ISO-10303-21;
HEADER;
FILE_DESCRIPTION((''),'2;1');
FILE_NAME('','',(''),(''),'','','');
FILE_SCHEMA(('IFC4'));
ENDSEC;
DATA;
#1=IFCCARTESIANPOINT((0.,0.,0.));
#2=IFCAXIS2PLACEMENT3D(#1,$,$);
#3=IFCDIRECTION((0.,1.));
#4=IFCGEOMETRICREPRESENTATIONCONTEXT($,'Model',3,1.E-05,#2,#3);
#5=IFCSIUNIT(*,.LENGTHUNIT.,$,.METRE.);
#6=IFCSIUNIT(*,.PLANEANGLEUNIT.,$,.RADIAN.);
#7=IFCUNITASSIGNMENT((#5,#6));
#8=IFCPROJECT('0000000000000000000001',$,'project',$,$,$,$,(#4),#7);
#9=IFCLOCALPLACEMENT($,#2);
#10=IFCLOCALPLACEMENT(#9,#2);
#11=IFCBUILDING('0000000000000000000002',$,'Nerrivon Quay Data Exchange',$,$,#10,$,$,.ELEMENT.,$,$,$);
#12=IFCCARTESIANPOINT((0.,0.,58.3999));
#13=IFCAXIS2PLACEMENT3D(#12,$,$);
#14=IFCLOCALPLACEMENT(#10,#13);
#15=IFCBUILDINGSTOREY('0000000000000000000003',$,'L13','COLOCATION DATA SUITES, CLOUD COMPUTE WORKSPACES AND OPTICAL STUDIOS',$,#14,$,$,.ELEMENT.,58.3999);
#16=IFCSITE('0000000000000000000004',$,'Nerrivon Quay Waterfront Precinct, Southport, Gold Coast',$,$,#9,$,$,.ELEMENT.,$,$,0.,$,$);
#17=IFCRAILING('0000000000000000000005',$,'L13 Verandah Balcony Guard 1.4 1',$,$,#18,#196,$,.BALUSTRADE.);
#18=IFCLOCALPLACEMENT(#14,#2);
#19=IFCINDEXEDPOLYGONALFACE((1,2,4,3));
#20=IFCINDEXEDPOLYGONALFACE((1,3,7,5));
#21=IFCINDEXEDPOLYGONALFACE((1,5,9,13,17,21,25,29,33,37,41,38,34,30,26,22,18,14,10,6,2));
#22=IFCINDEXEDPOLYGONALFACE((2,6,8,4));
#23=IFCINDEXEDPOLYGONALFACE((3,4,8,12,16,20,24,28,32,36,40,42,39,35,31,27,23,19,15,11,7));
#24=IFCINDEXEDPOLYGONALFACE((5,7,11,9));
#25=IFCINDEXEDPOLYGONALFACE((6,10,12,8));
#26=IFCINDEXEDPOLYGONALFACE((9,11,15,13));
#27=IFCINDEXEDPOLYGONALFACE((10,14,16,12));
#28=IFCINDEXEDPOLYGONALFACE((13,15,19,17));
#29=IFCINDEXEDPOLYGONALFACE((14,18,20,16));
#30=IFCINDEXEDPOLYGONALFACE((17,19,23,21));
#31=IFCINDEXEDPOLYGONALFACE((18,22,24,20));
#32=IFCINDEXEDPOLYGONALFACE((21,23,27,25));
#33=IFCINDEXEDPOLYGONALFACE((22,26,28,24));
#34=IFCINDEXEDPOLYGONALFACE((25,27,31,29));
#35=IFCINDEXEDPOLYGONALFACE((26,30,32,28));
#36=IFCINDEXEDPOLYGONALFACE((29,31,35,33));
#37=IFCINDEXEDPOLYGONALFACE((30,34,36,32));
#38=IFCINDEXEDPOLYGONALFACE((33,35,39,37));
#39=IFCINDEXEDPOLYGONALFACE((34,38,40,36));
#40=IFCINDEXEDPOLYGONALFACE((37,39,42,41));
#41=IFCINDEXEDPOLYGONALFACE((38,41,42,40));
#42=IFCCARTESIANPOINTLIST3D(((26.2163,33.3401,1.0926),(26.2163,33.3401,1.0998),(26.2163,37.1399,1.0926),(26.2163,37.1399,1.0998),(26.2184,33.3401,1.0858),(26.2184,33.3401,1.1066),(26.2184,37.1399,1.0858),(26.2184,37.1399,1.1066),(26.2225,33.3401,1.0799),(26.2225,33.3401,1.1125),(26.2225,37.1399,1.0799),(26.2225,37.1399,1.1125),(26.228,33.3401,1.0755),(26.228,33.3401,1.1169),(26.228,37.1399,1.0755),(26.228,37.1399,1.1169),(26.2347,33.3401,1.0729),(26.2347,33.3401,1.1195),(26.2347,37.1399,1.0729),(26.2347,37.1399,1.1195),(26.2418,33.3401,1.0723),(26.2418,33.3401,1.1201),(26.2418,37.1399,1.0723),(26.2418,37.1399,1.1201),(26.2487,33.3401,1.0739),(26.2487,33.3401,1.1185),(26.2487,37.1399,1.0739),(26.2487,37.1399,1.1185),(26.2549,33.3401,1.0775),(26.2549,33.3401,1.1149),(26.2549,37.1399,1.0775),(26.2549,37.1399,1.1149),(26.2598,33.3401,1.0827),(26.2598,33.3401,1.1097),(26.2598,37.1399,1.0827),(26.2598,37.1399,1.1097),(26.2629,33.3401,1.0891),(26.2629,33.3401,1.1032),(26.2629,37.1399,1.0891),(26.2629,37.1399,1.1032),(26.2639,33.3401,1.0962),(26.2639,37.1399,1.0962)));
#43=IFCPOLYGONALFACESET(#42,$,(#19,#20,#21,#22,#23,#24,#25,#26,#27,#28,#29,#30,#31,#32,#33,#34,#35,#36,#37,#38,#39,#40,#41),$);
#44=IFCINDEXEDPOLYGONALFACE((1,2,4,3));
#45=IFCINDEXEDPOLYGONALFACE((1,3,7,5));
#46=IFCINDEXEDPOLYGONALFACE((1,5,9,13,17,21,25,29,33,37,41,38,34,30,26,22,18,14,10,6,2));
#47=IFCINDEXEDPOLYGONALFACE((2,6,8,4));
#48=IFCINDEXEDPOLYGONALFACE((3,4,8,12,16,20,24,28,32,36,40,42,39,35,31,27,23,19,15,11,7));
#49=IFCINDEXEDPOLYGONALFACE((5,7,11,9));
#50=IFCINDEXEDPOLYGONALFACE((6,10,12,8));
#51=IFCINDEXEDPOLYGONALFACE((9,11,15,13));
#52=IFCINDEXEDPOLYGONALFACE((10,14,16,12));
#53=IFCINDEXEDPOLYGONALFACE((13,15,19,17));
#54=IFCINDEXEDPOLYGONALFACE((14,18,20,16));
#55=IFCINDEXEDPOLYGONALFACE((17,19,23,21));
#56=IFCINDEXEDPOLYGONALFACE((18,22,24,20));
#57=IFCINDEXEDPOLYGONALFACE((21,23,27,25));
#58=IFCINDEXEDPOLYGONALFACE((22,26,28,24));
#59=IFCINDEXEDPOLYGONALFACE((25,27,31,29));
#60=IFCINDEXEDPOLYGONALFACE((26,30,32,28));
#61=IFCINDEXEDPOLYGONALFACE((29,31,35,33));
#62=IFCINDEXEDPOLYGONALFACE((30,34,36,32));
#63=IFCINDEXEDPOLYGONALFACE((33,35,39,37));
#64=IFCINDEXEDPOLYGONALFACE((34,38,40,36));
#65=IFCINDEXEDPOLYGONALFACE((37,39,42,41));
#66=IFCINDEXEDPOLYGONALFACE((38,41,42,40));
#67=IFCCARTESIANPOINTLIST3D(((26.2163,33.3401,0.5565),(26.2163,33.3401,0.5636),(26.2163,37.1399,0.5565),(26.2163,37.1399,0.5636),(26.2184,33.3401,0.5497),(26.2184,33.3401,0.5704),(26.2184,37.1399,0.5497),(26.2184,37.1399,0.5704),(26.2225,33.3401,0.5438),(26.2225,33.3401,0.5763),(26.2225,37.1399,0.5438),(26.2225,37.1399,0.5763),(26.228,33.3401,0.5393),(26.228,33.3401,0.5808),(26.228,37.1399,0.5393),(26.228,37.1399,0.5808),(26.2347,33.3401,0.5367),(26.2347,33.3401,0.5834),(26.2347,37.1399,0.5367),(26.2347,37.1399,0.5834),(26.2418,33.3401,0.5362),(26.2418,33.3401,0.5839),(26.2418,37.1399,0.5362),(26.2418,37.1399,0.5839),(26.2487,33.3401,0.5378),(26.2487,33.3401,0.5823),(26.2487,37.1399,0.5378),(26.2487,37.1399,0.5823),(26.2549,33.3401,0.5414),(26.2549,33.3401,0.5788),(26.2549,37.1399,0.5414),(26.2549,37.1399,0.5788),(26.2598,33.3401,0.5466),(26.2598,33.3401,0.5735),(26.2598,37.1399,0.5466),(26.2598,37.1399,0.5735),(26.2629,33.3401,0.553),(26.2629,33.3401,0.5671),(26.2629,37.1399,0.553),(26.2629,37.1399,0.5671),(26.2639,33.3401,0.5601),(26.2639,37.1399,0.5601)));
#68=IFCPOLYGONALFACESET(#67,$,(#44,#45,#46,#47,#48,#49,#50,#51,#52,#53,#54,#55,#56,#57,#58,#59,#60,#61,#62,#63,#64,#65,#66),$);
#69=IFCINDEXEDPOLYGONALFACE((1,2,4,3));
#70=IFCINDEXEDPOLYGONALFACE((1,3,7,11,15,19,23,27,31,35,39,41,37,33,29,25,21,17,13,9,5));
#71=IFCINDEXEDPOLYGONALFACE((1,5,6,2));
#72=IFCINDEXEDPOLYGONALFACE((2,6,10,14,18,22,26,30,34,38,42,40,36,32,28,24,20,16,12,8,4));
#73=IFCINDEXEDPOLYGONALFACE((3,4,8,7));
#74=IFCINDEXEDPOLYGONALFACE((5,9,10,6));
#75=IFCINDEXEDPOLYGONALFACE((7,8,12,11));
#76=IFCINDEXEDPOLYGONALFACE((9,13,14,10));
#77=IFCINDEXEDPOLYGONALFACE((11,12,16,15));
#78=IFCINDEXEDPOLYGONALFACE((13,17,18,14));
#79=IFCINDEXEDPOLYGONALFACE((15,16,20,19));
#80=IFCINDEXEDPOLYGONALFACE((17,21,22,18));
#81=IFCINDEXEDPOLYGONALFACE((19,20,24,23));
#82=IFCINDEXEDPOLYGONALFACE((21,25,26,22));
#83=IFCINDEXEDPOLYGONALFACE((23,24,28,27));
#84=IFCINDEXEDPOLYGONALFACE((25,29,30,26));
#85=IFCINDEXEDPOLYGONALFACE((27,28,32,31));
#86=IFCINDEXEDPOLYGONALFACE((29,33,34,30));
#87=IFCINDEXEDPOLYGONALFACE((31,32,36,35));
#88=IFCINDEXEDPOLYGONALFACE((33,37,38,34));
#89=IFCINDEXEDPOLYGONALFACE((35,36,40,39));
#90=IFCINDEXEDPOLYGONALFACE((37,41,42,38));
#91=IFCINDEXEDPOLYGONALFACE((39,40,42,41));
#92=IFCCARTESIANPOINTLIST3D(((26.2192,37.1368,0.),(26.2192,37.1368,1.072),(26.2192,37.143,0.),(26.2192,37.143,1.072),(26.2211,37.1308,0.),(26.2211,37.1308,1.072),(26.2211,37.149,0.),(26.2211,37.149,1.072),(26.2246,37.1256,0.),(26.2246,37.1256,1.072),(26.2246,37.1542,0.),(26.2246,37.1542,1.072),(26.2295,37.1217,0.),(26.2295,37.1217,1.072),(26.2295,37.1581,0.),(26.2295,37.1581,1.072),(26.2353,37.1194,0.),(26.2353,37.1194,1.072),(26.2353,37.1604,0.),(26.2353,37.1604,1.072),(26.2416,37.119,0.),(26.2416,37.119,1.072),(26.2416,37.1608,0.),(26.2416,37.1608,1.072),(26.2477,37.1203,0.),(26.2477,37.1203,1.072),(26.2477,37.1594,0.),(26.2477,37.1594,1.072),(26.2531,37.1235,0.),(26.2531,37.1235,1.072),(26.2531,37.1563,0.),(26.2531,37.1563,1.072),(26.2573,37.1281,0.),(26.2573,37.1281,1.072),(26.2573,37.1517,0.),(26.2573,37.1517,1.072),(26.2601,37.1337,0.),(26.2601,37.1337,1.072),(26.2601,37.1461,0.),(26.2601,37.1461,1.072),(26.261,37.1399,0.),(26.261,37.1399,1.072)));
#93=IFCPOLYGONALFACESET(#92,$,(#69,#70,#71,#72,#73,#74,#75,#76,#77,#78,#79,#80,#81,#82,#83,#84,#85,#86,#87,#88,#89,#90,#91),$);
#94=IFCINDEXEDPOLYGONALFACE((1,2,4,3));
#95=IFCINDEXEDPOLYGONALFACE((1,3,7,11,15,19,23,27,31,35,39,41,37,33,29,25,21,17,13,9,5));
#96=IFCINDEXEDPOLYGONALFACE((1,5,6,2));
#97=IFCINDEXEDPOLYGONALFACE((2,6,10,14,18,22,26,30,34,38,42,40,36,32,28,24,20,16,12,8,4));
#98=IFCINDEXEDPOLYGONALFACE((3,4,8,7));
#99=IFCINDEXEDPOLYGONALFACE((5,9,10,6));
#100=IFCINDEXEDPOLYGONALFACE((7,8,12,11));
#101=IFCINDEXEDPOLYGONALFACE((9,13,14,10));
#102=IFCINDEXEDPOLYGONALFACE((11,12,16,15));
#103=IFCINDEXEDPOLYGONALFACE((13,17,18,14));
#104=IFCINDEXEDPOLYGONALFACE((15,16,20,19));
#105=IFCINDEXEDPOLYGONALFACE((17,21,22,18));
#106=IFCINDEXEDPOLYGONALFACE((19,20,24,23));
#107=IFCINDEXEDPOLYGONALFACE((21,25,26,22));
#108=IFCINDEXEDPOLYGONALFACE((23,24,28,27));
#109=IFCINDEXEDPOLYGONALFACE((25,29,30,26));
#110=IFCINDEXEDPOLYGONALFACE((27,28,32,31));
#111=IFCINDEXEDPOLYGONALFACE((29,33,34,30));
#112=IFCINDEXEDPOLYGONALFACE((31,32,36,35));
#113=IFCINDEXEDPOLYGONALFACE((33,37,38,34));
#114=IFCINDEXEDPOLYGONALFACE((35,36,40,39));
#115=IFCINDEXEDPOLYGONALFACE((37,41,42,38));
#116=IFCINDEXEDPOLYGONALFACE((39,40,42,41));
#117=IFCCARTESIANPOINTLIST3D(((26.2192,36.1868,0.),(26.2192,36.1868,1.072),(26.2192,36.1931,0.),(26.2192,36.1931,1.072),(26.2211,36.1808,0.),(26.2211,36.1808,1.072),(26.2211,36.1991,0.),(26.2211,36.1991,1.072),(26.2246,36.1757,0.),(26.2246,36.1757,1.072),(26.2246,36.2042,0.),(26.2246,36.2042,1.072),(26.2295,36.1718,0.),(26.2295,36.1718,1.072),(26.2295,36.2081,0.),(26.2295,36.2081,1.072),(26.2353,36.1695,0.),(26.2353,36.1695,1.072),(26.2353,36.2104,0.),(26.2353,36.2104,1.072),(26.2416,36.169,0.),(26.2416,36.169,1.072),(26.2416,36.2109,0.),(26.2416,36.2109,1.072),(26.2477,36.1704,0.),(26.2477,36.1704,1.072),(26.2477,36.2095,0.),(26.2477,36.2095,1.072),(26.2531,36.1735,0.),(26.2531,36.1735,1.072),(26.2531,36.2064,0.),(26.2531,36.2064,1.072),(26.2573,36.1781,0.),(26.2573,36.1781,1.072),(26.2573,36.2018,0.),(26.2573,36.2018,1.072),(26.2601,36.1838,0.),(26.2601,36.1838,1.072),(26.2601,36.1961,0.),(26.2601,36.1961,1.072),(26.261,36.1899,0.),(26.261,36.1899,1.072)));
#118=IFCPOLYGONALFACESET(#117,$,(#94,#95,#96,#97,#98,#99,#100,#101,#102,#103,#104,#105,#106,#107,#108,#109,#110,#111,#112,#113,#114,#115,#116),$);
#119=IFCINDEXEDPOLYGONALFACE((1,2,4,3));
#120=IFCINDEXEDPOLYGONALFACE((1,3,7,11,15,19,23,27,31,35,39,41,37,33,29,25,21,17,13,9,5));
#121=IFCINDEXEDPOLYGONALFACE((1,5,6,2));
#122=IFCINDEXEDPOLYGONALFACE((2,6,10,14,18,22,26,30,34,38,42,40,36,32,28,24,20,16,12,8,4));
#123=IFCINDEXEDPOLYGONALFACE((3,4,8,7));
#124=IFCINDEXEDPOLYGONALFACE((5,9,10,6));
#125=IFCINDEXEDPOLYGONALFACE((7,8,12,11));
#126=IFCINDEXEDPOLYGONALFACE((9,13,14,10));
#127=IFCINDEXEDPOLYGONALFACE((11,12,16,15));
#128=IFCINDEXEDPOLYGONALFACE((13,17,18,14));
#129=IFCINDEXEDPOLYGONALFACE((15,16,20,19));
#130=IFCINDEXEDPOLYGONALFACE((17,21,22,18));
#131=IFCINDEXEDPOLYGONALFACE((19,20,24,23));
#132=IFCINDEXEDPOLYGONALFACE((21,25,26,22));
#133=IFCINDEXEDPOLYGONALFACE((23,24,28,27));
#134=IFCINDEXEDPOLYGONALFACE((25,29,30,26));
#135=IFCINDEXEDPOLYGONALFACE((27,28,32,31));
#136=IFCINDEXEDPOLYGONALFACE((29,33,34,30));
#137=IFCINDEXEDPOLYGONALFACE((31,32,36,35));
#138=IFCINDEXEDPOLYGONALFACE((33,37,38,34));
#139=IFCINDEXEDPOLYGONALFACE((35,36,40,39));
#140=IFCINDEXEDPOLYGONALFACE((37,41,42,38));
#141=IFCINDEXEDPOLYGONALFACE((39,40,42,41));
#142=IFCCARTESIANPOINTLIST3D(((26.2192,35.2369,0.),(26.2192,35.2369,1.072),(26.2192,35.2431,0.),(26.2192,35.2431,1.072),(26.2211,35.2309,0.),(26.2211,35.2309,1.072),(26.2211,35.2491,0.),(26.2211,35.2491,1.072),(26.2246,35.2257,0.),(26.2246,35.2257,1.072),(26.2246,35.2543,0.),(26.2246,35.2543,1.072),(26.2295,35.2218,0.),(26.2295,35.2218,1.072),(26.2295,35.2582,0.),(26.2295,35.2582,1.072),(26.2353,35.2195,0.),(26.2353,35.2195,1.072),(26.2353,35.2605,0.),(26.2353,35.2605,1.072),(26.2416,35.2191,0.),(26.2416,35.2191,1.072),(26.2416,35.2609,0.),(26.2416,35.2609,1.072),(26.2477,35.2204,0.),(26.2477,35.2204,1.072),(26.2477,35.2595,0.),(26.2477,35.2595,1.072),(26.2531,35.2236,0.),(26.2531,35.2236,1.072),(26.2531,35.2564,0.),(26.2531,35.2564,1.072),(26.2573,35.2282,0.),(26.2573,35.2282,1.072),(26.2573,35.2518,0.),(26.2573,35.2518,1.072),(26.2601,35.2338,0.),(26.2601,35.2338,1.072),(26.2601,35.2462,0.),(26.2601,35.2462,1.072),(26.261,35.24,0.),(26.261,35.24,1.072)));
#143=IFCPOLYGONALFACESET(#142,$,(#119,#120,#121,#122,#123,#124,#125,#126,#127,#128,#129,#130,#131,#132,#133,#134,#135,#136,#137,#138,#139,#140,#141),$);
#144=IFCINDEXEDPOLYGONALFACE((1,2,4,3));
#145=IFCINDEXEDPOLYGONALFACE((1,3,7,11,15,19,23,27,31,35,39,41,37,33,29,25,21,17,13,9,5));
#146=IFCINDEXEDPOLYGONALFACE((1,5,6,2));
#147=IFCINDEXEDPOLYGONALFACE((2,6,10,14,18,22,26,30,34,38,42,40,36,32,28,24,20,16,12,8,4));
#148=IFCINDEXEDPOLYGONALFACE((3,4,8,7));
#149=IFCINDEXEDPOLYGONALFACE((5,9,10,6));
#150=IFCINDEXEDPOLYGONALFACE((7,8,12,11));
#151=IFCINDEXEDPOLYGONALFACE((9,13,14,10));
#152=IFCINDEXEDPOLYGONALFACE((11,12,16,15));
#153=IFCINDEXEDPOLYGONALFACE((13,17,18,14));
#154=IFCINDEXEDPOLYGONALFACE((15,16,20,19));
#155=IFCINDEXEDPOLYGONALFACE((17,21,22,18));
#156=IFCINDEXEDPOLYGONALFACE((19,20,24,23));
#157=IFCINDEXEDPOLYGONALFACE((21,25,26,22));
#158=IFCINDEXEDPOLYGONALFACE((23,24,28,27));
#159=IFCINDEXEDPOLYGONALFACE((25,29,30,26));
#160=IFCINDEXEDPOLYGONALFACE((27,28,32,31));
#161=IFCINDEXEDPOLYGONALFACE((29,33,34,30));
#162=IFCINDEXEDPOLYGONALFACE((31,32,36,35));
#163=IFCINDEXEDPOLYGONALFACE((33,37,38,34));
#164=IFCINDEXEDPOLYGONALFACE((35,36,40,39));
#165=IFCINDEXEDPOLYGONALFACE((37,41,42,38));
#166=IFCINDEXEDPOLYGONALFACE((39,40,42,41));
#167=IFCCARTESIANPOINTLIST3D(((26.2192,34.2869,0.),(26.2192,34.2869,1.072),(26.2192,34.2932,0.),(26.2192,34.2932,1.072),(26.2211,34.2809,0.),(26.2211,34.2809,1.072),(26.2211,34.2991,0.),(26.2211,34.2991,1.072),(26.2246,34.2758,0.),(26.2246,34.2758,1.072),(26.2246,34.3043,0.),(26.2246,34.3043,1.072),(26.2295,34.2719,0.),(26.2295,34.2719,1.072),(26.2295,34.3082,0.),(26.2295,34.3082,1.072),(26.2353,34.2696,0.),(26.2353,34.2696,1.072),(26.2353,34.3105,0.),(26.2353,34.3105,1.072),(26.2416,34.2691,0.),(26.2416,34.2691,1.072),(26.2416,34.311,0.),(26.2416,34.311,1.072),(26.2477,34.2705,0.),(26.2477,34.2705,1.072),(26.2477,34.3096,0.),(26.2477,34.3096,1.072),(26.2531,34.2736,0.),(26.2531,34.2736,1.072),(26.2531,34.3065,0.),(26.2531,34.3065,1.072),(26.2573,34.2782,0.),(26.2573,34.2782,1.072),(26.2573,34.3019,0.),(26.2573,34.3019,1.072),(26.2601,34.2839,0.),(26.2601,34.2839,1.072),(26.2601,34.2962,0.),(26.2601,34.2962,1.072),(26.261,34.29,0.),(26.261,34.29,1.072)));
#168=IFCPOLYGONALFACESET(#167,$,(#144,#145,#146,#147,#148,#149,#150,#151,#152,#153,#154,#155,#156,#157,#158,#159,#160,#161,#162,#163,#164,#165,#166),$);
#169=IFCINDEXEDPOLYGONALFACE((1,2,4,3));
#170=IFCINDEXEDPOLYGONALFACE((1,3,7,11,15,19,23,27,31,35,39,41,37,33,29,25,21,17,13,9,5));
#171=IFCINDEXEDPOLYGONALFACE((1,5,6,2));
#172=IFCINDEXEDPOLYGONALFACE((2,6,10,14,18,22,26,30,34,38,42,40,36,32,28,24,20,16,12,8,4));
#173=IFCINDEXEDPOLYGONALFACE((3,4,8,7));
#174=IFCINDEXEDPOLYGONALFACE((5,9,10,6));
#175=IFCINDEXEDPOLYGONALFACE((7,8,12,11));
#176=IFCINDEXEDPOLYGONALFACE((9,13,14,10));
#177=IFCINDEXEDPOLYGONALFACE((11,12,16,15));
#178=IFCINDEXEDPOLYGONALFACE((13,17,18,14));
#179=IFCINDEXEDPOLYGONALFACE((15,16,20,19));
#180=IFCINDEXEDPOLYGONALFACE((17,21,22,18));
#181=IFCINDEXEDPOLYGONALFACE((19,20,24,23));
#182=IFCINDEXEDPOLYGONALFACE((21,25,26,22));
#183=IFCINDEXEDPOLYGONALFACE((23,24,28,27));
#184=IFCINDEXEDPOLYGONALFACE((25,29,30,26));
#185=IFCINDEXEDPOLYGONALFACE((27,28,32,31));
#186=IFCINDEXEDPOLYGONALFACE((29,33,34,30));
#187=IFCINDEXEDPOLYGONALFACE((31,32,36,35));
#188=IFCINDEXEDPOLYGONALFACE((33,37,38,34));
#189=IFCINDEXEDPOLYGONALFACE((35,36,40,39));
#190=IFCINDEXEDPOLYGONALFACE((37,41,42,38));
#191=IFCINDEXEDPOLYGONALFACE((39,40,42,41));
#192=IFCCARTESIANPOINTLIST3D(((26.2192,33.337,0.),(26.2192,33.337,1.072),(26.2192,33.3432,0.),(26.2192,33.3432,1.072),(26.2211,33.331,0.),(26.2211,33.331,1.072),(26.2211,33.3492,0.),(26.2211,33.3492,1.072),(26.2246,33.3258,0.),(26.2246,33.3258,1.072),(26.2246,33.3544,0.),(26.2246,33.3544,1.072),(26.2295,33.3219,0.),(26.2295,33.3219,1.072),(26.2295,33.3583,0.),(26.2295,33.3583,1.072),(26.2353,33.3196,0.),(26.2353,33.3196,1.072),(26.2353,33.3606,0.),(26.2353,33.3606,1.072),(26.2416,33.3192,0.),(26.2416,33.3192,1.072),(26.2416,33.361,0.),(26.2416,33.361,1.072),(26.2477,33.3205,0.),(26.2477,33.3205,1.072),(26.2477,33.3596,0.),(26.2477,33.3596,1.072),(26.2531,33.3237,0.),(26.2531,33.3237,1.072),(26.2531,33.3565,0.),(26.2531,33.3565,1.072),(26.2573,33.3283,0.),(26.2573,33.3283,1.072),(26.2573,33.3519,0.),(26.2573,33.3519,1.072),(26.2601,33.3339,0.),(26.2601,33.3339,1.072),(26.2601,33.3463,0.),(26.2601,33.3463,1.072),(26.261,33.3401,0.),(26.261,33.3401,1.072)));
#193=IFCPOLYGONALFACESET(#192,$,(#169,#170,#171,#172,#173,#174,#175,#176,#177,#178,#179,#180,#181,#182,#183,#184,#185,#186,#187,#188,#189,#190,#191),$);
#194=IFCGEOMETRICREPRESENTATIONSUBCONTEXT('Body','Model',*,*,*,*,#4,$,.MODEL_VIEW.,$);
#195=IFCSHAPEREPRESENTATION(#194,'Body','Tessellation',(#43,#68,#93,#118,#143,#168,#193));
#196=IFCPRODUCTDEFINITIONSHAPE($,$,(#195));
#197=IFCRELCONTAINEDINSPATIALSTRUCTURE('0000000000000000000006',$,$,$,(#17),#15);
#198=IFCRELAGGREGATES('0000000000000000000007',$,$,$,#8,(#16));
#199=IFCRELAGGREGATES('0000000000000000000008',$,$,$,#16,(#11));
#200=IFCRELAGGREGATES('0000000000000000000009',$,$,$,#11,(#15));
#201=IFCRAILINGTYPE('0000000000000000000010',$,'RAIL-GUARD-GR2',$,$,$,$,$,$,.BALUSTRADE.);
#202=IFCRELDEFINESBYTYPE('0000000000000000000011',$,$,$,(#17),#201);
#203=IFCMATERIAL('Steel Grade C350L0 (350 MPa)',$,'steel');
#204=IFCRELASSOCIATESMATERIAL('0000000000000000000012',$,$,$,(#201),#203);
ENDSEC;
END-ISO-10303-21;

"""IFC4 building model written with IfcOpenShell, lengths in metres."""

from ifc_helpers import new_model, si_unit, direction, frame, origin, origin_2d, place, context, subcontext, project, spatial, circle, extrude, material, type_object, element, save


model = new_model("IFC4")

# Units and contexts
model_context = context("Model", 3, precision=1e-05, world=origin(), true_north=direction((0.0, 1.0)))
body_context = subcontext(model_context, "Body", "Model", "MODEL_VIEW")
ifc_project = project(units=[si_unit("LENGTHUNIT", "METRE"), si_unit("PLANEANGLEUNIT", "RADIAN")], contexts=[model_context])

# Site, building, storey
site_placement = place(None, origin())
site = spatial("IfcSite", under=ifc_project, at=site_placement, Name="Nerrivon Quay Waterfront Precinct, Southport, Gold Coast", CompositionType="ELEMENT", RefElevation=0.0)
building_placement = place(site_placement, origin())
building = spatial("IfcBuilding", under=site, at=building_placement, Name="Nerrivon Quay Data Exchange", CompositionType="ELEMENT")
storey_placement = place(building_placement, frame((0.0, 0.0, 58.3999)))
storey = spatial("IfcBuildingStorey", under=building, at=storey_placement, Name="L13", Description="COLOCATION DATA SUITES, CLOUD COMPUTE WORKSPACES AND OPTICAL STUDIOS", CompositionType="ELEMENT", Elevation=58.3999)

# Railing
ifc_material_1 = material(Name="Steel Grade C350L0 (350 MPa)", Category="steel")
railing_type = type_object("IfcRailingType", Name="RAIL-GUARD-GR2", PredefinedType="BALUSTRADE", material=ifc_material_1)
railing_placement = place(storey_placement, frame((26.24, 37.1399, 0.0)))
element("IfcRailing", 1, at=railing_placement, inside=storey, type_object=railing_type, Name="L13 Verandah Balcony Guard 1.4 1", PredefinedType="BALUSTRADE", context=body_context, shape_type="SweptSolid", body=[
    extrude(circle(Radius=0.0239, at=origin_2d()), frame((0.0, 0.0, 1.0962), z_axis=(0.0, -1.0, 0.0), x_axis=(1.0, 0.0, 0.0)), (0.0, 0.0, 1.0), 3.7998),
    extrude(circle(Radius=0.0239, at=origin_2d()), frame((0.0, 0.0, 0.5601), z_axis=(0.0, -1.0, 0.0), x_axis=(1.0, 0.0, 0.0)), (0.0, 0.0, 1.0), 3.7998),
    extrude(circle(Radius=0.021, at=origin_2d()), origin(), (0.0, 0.0, 1.0), 1.072),
    extrude(circle(Radius=0.021, at=origin_2d()), frame((0.0, -0.95, 0.0)), (0.0, 0.0, 1.0), 1.072),
    extrude(circle(Radius=0.021, at=origin_2d()), frame((0.0, -1.8999, 0.0)), (0.0, 0.0, 1.0), 1.072),
    extrude(circle(Radius=0.021, at=origin_2d()), frame((0.0, -2.8499, 0.0)), (0.0, 0.0, 1.0), 1.072),
    extrude(circle(Radius=0.021, at=origin_2d()), frame((0.0, -3.7998, 0.0)), (0.0, 0.0, 1.0), 1.072),
])

save(model, "model.ifc")
